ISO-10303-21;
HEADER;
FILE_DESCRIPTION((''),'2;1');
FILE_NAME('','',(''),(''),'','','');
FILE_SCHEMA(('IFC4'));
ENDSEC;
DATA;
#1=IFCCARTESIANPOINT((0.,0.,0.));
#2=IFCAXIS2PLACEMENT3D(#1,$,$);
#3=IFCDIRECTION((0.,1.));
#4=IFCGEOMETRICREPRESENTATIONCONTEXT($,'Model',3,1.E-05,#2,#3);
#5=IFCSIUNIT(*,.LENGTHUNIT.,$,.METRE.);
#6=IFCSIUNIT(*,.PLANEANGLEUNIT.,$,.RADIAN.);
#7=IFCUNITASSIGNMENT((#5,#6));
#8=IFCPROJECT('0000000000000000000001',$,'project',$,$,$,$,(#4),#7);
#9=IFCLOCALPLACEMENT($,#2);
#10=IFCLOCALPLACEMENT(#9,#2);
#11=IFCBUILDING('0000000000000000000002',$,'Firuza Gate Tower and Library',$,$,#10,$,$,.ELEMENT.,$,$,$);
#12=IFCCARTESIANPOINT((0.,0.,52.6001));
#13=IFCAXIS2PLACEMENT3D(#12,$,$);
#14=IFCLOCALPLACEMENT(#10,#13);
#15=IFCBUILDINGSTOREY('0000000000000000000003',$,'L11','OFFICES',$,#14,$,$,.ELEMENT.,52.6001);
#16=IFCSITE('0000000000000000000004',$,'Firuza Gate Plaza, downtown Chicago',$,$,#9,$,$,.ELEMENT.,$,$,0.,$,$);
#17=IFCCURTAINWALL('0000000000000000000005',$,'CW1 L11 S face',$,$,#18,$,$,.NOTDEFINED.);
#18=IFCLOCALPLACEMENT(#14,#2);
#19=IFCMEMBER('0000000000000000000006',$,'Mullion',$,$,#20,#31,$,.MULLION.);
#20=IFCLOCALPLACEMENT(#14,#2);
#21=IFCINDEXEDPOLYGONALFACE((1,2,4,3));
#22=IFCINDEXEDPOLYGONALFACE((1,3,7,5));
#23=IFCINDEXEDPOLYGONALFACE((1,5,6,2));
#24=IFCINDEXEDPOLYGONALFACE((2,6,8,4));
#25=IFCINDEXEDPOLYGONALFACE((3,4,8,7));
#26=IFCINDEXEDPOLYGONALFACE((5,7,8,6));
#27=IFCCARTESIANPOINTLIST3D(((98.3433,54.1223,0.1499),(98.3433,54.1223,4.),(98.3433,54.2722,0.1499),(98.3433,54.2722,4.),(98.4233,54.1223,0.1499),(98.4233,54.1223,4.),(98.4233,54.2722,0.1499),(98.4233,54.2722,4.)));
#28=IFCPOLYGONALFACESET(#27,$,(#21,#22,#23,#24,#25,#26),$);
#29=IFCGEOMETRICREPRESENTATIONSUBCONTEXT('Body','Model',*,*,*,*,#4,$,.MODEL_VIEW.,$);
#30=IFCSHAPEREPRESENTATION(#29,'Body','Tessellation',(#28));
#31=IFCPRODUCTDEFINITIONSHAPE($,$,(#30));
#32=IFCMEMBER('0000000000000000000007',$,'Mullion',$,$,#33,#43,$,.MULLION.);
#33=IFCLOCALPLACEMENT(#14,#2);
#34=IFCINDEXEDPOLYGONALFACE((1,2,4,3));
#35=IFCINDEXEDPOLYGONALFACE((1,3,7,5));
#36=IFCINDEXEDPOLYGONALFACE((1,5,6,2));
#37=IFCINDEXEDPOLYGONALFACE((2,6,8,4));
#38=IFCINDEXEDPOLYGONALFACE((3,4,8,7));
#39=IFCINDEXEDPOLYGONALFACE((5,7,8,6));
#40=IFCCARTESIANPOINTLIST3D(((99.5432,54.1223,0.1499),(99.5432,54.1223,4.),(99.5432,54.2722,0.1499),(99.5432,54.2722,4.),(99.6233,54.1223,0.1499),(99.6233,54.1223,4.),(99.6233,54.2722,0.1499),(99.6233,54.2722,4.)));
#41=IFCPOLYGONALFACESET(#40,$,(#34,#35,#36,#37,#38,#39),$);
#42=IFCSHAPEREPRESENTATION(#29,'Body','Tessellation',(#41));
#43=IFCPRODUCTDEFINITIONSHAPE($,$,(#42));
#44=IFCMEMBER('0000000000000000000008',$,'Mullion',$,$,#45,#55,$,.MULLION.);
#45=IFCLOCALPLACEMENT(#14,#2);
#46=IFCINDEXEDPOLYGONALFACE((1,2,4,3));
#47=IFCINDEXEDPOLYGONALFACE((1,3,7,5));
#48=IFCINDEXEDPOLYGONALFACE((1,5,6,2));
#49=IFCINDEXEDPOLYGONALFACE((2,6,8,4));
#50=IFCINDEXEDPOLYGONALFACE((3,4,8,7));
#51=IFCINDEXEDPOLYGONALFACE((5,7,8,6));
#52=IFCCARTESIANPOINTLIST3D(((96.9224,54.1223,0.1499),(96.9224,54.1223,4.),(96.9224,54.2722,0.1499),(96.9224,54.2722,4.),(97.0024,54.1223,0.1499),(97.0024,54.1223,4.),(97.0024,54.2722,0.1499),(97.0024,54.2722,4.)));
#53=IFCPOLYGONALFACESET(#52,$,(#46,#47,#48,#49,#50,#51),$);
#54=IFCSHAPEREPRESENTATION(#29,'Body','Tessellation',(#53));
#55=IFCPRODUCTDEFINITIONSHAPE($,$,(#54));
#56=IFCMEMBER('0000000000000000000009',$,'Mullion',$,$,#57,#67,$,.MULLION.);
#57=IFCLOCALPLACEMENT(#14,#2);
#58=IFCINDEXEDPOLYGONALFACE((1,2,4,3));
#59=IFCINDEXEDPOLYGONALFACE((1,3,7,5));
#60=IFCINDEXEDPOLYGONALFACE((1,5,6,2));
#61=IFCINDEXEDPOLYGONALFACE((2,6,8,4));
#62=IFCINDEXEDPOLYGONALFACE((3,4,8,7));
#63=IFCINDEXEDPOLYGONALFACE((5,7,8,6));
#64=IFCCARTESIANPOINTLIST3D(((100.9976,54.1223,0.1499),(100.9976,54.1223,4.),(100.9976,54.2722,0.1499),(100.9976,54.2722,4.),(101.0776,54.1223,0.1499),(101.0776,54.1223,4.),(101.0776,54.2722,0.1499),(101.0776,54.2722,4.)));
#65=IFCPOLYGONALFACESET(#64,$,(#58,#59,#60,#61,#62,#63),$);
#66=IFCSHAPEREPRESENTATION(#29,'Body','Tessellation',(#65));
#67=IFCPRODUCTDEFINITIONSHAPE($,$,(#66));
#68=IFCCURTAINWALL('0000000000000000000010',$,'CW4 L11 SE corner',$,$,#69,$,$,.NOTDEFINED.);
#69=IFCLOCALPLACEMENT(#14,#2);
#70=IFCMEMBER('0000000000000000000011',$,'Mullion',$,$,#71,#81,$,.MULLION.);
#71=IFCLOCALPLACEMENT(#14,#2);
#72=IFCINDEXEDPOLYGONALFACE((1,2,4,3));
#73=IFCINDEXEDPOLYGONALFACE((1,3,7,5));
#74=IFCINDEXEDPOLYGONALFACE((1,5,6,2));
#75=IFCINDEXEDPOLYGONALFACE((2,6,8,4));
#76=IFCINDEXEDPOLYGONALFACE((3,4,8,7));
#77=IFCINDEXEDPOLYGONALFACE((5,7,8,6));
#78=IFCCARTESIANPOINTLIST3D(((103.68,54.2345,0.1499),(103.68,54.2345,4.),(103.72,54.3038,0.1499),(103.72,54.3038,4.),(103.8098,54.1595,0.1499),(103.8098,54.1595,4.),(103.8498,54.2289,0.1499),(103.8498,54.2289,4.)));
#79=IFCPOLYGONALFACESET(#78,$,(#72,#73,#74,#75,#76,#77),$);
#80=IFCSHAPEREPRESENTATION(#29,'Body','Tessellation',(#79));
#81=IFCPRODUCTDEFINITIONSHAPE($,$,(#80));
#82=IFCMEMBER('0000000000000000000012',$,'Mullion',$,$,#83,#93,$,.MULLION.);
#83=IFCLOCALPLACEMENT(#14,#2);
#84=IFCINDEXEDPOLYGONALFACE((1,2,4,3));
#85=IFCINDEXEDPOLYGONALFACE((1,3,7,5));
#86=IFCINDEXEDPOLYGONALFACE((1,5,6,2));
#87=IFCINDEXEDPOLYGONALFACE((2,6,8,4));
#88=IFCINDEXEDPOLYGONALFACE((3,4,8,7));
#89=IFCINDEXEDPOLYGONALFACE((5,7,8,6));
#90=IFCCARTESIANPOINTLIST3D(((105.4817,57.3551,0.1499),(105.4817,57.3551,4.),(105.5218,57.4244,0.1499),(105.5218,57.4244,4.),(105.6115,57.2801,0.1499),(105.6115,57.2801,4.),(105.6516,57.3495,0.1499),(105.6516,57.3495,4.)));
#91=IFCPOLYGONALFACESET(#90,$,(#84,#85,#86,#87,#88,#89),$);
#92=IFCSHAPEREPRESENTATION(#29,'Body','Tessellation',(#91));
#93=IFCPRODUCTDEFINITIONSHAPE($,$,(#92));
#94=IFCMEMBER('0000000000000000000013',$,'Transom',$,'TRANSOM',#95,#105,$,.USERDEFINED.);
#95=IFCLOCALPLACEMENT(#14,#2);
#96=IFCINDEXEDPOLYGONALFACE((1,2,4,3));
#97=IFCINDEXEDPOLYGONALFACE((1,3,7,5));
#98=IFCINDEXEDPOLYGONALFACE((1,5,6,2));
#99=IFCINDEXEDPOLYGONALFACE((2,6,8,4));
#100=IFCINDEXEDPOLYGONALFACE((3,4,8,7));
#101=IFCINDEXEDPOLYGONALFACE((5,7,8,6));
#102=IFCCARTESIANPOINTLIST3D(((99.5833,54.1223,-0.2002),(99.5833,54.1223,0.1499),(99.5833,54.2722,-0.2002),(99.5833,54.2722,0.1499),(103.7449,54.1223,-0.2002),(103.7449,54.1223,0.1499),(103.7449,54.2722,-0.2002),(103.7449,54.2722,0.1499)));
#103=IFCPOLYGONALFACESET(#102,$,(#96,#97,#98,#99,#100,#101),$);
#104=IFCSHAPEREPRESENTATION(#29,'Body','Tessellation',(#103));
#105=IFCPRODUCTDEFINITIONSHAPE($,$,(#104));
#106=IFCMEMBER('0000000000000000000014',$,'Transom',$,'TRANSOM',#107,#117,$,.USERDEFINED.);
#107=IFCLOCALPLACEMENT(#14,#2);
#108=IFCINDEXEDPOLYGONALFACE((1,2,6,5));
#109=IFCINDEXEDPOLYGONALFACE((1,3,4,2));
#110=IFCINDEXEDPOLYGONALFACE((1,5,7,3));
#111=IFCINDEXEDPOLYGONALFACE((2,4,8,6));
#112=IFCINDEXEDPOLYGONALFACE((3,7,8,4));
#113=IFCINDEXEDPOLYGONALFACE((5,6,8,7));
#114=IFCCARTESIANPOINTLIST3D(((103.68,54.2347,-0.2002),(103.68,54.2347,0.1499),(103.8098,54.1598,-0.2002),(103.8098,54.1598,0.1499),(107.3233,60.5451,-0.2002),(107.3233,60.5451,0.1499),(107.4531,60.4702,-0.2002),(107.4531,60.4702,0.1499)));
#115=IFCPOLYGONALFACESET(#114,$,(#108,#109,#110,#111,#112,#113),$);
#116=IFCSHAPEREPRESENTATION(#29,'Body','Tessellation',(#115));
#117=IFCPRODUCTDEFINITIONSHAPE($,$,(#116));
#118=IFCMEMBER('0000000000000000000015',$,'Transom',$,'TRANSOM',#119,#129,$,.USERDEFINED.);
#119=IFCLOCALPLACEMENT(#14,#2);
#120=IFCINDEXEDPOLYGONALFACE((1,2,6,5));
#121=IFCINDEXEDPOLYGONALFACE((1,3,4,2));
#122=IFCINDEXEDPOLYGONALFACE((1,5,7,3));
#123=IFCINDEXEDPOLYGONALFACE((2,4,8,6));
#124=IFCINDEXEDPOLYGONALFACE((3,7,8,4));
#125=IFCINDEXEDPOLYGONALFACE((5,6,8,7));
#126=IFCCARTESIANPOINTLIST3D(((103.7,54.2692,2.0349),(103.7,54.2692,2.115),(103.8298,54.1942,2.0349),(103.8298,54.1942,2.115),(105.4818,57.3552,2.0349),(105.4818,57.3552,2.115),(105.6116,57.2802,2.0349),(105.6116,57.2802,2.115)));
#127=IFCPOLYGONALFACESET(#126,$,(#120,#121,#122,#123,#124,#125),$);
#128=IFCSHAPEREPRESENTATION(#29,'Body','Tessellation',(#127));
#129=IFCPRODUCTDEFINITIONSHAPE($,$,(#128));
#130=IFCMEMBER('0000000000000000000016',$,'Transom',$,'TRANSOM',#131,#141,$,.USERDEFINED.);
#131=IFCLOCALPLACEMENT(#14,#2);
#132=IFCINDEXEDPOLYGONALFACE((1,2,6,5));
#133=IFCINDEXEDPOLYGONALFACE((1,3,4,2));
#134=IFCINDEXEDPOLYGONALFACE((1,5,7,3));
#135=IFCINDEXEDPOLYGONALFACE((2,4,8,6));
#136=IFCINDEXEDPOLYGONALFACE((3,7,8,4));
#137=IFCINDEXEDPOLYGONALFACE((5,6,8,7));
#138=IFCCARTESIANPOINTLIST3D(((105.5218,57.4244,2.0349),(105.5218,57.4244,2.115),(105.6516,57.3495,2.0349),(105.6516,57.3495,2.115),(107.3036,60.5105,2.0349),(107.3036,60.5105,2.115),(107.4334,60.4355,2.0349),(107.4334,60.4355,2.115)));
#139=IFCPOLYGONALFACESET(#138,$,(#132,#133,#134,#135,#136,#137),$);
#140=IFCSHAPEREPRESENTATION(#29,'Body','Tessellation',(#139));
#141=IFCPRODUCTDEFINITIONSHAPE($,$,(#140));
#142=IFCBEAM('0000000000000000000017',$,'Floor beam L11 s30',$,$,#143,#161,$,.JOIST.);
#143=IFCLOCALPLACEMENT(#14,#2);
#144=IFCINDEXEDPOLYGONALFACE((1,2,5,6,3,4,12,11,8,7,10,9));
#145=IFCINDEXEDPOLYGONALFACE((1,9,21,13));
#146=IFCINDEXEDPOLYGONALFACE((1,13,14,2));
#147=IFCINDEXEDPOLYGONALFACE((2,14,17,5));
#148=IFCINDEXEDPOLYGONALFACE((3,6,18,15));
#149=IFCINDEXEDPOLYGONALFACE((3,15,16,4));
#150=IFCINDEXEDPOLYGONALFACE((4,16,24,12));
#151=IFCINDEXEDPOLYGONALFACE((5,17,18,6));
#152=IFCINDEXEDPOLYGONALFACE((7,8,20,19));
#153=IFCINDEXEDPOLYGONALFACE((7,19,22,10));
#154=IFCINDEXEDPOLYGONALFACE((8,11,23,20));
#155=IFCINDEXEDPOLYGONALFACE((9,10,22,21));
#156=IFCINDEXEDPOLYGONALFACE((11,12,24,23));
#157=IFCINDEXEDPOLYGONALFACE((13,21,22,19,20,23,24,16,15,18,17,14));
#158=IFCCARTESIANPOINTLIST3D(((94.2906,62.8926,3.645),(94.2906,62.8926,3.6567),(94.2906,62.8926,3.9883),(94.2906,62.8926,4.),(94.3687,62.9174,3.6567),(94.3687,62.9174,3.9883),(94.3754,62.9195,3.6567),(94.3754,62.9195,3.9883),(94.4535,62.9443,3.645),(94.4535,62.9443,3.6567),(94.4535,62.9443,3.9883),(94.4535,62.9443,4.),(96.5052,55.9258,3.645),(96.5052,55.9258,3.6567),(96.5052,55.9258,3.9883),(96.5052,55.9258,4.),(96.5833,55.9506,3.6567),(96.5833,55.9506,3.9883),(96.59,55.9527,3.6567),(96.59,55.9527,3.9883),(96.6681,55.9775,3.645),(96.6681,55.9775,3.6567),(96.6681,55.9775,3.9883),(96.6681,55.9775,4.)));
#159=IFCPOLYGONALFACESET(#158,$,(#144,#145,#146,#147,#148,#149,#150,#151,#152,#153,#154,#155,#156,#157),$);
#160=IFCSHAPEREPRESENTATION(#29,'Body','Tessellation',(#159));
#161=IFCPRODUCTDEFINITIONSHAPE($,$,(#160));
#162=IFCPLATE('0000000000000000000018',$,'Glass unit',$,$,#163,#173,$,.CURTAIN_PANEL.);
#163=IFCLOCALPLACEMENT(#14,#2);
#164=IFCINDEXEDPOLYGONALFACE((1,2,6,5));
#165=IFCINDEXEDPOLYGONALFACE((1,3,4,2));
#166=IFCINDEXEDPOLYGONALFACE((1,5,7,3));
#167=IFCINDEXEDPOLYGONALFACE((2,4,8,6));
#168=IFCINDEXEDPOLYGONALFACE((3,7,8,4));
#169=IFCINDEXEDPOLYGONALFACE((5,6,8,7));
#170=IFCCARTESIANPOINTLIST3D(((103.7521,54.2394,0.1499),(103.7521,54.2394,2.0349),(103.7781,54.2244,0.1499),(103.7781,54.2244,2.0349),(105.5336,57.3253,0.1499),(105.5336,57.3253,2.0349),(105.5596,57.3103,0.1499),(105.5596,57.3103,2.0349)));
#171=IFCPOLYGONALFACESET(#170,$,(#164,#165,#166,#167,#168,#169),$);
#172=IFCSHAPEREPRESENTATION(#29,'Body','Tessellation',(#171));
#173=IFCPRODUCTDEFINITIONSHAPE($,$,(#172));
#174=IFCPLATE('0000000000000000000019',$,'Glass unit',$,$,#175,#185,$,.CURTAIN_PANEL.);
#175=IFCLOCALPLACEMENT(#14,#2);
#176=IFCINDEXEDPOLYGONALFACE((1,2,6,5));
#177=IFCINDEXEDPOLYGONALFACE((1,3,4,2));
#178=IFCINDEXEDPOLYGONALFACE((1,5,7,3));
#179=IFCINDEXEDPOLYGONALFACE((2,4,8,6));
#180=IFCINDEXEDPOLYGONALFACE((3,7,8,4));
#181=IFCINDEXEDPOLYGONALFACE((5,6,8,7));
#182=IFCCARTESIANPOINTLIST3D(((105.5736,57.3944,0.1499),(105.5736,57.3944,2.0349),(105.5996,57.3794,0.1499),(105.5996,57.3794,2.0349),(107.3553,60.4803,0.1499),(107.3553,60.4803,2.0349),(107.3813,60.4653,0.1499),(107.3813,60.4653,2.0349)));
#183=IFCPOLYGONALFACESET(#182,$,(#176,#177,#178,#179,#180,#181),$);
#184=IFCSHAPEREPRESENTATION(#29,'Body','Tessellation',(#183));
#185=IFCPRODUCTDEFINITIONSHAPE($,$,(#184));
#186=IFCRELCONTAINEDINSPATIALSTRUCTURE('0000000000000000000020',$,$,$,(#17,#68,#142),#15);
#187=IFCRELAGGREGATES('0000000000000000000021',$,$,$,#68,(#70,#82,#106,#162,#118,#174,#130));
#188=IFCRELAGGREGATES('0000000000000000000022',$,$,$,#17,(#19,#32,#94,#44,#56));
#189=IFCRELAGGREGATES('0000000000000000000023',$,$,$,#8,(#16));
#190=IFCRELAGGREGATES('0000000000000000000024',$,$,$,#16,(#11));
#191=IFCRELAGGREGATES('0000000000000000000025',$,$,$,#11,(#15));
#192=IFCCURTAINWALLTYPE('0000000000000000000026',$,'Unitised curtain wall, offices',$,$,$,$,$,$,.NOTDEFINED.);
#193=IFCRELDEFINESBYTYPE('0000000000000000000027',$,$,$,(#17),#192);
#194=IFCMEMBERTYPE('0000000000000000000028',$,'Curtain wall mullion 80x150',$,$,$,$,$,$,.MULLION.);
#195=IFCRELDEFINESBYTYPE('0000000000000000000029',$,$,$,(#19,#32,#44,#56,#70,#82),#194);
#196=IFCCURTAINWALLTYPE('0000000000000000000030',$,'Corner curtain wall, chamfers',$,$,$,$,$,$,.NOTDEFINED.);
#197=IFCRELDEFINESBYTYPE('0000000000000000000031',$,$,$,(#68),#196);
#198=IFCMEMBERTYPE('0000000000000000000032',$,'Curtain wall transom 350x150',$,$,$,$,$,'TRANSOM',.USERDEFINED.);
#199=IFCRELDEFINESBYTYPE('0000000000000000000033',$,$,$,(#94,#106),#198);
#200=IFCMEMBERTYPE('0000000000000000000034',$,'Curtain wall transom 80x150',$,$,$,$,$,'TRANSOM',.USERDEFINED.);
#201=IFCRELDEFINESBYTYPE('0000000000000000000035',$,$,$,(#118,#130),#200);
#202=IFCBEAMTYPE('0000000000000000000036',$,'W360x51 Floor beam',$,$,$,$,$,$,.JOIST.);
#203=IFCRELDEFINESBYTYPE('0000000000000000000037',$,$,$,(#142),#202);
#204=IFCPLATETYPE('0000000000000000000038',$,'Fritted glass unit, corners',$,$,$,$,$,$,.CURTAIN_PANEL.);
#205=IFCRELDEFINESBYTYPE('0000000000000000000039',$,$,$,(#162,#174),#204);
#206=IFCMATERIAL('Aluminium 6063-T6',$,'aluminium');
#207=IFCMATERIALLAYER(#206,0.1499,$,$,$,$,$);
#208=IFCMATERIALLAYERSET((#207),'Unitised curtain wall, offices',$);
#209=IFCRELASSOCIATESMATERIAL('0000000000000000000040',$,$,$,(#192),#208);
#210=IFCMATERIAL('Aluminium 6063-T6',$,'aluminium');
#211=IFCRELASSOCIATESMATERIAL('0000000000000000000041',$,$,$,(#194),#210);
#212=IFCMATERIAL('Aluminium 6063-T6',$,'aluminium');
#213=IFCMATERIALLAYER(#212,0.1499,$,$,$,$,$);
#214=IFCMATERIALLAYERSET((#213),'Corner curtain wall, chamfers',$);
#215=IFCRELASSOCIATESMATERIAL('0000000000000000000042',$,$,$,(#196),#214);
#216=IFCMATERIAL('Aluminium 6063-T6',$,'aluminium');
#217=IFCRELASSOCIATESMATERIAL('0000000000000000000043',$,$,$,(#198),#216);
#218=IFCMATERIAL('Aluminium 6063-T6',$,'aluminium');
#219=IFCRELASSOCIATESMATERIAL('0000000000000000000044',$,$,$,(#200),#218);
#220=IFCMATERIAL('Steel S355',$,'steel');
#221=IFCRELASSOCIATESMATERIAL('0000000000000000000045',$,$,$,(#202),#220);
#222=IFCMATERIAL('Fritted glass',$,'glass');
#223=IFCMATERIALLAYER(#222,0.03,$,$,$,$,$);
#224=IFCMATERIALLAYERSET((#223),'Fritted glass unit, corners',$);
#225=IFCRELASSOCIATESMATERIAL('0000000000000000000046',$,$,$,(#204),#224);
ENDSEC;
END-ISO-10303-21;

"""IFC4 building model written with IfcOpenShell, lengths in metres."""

from ifc_helpers import new_model, si_unit, direction, frame, origin, origin_2d, place, context, subcontext, project, spatial, polyline, rectangle, i_section, outline, extrude, material, layer, layer_set, material_profile, profile_set, type_object, element, aggregate, save


model = new_model("IFC4")

# Units and contexts
model_context = context("Model", 3, precision=1e-05, world=origin(), true_north=direction((0.0, 1.0)))
body_context = subcontext(model_context, "Body", "Model", "MODEL_VIEW")
ifc_project = project(units=[si_unit("LENGTHUNIT", "METRE"), si_unit("PLANEANGLEUNIT", "RADIAN")], contexts=[model_context])

# Site, building, storey
site_placement = place(None, origin())
site = spatial("IfcSite", under=ifc_project, at=site_placement, Name="Firuza Gate Plaza, downtown Chicago", CompositionType="ELEMENT", RefElevation=0.0)
building_placement = place(site_placement, origin())
building = spatial("IfcBuilding", under=site, at=building_placement, Name="Firuza Gate Tower and Library", CompositionType="ELEMENT")
storey_placement = place(building_placement, frame((0.0, 0.0, 52.6001)))
storey = spatial("IfcBuildingStorey", under=building, at=storey_placement, Name="L11", Description="OFFICES", CompositionType="ELEMENT", Elevation=52.6001)

# Curtain walls, members
ifc_material_1 = material(Name="Aluminium 6063-T6", Category="aluminium")
ifc_layer_1 = layer(ifc_material_1, 0.1499)
ifc_layer_set_1 = layer_set([ifc_layer_1], Name="Unitised curtain wall, offices")
curtain_wall_type_1 = type_object("IfcCurtainWallType", Name="Unitised curtain wall, offices", PredefinedType="NOTDEFINED", material=ifc_layer_set_1)
placement_1 = place(storey_placement, origin())
curtain_wall_1 = element("IfcCurtainWall", 1, at=placement_1, inside=storey, type_object=curtain_wall_type_1, Name="CW1 L11 S face", PredefinedType="NOTDEFINED")
ifc_material_2 = material(Name="Aluminium 6063-T6", Category="aluminium")
ifc_material_profile_1 = material_profile(ifc_material_2, rectangle(XDim=0.1499, YDim=0.0801, at=origin_2d()))
ifc_profile_set_1 = profile_set([ifc_material_profile_1], Name="Aluminium 6063-T6")
member_type_1 = type_object("IfcMemberType", Name="Curtain wall mullion 80x150", PredefinedType="MULLION", material=ifc_profile_set_1)
member_1_placement = place(storey_placement, frame((98.3833, 54.1973, 0.1499), z_axis=(0.0, 0.0, 1.0), x_axis=(0.0, 1.0, 0.0)))
member_1 = element("IfcMember", 2, at=member_1_placement, type_object=member_type_1, Name="Mullion", PredefinedType="MULLION", context=body_context, shape_type="SweptSolid", body=[
    extrude(rectangle(XDim=0.1499, YDim=0.0801, at=origin_2d()), origin(), (0.0, 0.0, 1.0), 3.8501),
])
member_2_placement = place(storey_placement, frame((99.5833, 54.1973, 0.1499), z_axis=(0.0, 0.0, 1.0), x_axis=(0.0, 1.0, 0.0)))
member_2 = element("IfcMember", 3, at=member_2_placement, type_object=member_type_1, Name="Mullion", PredefinedType="MULLION", context=body_context, shape_type="SweptSolid", body=[
    extrude(rectangle(XDim=0.1499, YDim=0.0801, at=origin_2d()), origin(), (0.0, 0.0, 1.0), 3.8501),
])
member_3_placement = place(storey_placement, frame((96.9624, 54.1973, 0.1499), z_axis=(0.0, 0.0, 1.0), x_axis=(0.0, 1.0, 0.0)))
member_3 = element("IfcMember", 4, at=member_3_placement, type_object=member_type_1, Name="Mullion", PredefinedType="MULLION", context=body_context, shape_type="SweptSolid", body=[
    extrude(rectangle(XDim=0.1499, YDim=0.0801, at=origin_2d()), origin(), (0.0, 0.0, 1.0), 3.8501),
])
member_4_placement = place(storey_placement, frame((101.0376, 54.1973, 0.1499), z_axis=(0.0, 0.0, 1.0), x_axis=(0.0, 1.0, 0.0)))
member_4 = element("IfcMember", 5, at=member_4_placement, type_object=member_type_1, Name="Mullion", PredefinedType="MULLION", context=body_context, shape_type="SweptSolid", body=[
    extrude(rectangle(XDim=0.1499, YDim=0.0801, at=origin_2d()), origin(), (0.0, 0.0, 1.0), 3.8501),
])
ifc_material_3 = material(Name="Aluminium 6063-T6", Category="aluminium")
ifc_layer_2 = layer(ifc_material_3, 0.1499)
ifc_layer_set_2 = layer_set([ifc_layer_2], Name="Corner curtain wall, chamfers")
curtain_wall_type_2 = type_object("IfcCurtainWallType", Name="Corner curtain wall, chamfers", PredefinedType="NOTDEFINED", material=ifc_layer_set_2)
curtain_wall_2 = element("IfcCurtainWall", 6, at=placement_1, inside=storey, type_object=curtain_wall_type_2, Name="CW4 L11 SE corner", PredefinedType="NOTDEFINED")
member_5_placement = place(storey_placement, frame((103.7649, 54.2317, 0.1499), z_axis=(0.0, 0.0, 1.0), x_axis=(-0.866025, 0.5, 0.0)))
member_5 = element("IfcMember", 7, at=member_5_placement, type_object=member_type_1, Name="Mullion", PredefinedType="MULLION", context=body_context, shape_type="SweptSolid", body=[
    extrude(rectangle(XDim=0.1499, YDim=0.0801, at=origin_2d()), origin(), (0.0, 0.0, 1.0), 3.8501),
])
member_6_placement = place(storey_placement, frame((105.5667, 57.3523, 0.1499), z_axis=(0.0, 0.0, 1.0), x_axis=(-0.866025, 0.5, 0.0)))
member_6 = element("IfcMember", 8, at=member_6_placement, type_object=member_type_1, Name="Mullion", PredefinedType="MULLION", context=body_context, shape_type="SweptSolid", body=[
    extrude(rectangle(XDim=0.1499, YDim=0.0801, at=origin_2d()), origin(), (0.0, 0.0, 1.0), 3.8501),
])

# Members
ifc_material_4 = material(Name="Aluminium 6063-T6", Category="aluminium")
ifc_material_profile_2 = material_profile(ifc_material_4, rectangle(XDim=0.1499, YDim=0.3501, at=origin_2d()))
ifc_profile_set_2 = profile_set([ifc_material_profile_2], Name="Aluminium 6063-T6")
member_type_2 = type_object("IfcMemberType", Name="Curtain wall transom 350x150", ElementType="TRANSOM", PredefinedType="USERDEFINED", material=ifc_profile_set_2)
member_7_placement = place(storey_placement, frame((99.5833, 54.1973, -0.0251), z_axis=(1.0, 0.0, 0.0), x_axis=(0.0, 1.0, 0.0)))
member_7 = element("IfcMember", 9, at=member_7_placement, type_object=member_type_2, Name="Transom", ObjectType="TRANSOM", PredefinedType="USERDEFINED", context=body_context, shape_type="SweptSolid", body=[
    extrude(rectangle(XDim=0.1499, YDim=0.3501, at=origin_2d()), origin(), (0.0, 0.0, 1.0), 4.1616),
])
member_8_placement = place(storey_placement, frame((103.7449, 54.1973, -0.0251), z_axis=(0.500006, 0.866022, 0.0), x_axis=(-0.866022, 0.500006, 0.0)))
member_8 = element("IfcMember", 10, at=member_8_placement, type_object=member_type_2, Name="Transom", ObjectType="TRANSOM", PredefinedType="USERDEFINED", context=body_context, shape_type="SweptSolid", body=[
    extrude(rectangle(XDim=0.1499, YDim=0.3501, at=origin_2d()), origin(), (0.0, 0.0, 1.0), 7.2866),
])
ifc_material_5 = material(Name="Aluminium 6063-T6", Category="aluminium")
ifc_material_profile_3 = material_profile(ifc_material_5, rectangle(XDim=0.1499, YDim=0.0801, at=origin_2d()))
ifc_profile_set_3 = profile_set([ifc_material_profile_3], Name="Aluminium 6063-T6")
member_type_3 = type_object("IfcMemberType", Name="Curtain wall transom 80x150", ElementType="TRANSOM", PredefinedType="USERDEFINED", material=ifc_profile_set_3)
member_9_placement = place(storey_placement, frame((103.7649, 54.2317, 2.075), z_axis=(0.500015, 0.866017, 0.0), x_axis=(-0.866017, 0.500015, 0.0)))
member_9 = element("IfcMember", 11, at=member_9_placement, type_object=member_type_3, Name="Transom", ObjectType="TRANSOM", PredefinedType="USERDEFINED", context=body_context, shape_type="SweptSolid", body=[
    extrude(rectangle(XDim=0.1499, YDim=0.0801, at=origin_2d()), origin(), (0.0, 0.0, 1.0), 3.5635),
])
member_10_placement = place(storey_placement, frame((105.5867, 57.387, 2.075), z_axis=(0.500015, 0.866017, 0.0), x_axis=(-0.866017, 0.500015, 0.0)))
member_10 = element("IfcMember", 12, at=member_10_placement, type_object=member_type_3, Name="Transom", ObjectType="TRANSOM", PredefinedType="USERDEFINED", context=body_context, shape_type="SweptSolid", body=[
    extrude(rectangle(XDim=0.1499, YDim=0.0801, at=origin_2d()), origin(), (0.0, 0.0, 1.0), 3.5635),
])

# Beam
ifc_material_6 = material(Name="Steel S355", Category="steel")
ifc_material_profile_4 = material_profile(ifc_material_6, i_section(OverallWidth=0.1709, OverallDepth=0.355, WebThickness=0.0071, FlangeThickness=0.0117, at=origin_2d()))
ifc_profile_set_4 = profile_set([ifc_material_profile_4], Name="Steel S355")
beam_type = type_object("IfcBeamType", Name="W360x51 Floor beam", PredefinedType="JOIST", material=ifc_profile_set_4)
beam_placement = place(storey_placement, frame((96.5867, 55.9517, 3.8225), z_axis=(-0.302942, 0.953009, 0.0), x_axis=(-0.953009, -0.302942, 0.0)))
element("IfcBeam", 13, at=beam_placement, inside=storey, type_object=beam_type, Name="Floor beam L11 s30", PredefinedType="JOIST", context=body_context, shape_type="SweptSolid", body=[
    extrude(i_section(OverallWidth=0.1709, OverallDepth=0.355, WebThickness=0.0071, FlangeThickness=0.0117, at=origin_2d()), origin(), (0.0, 0.0, 1.0), 7.3103),
])

# Plates
ifc_material_7 = material(Name="Fritted glass", Category="glass")
ifc_layer_3 = layer(ifc_material_7, 0.03)
ifc_layer_set_3 = layer_set([ifc_layer_3], Name="Fritted glass unit, corners")
plate_type_1 = type_object("IfcPlateType", Name="Fritted glass unit, corners", PredefinedType="CURTAIN_PANEL", material=ifc_layer_set_3)
plate_1_placement = place(storey_placement, frame((103.7781, 54.2244, 0.1499), z_axis=(0.866046, -0.499964, 0.0), x_axis=(0.499964, 0.866046, 0.0)))
plate_1 = element("IfcPlate", 14, at=plate_1_placement, type_object=plate_type_1, Name="Glass unit", PredefinedType="CURTAIN_PANEL", context=body_context, shape_type="SweptSolid", body=[
    extrude(outline(polyline([(0.0, 0.0), (3.5632, 0.0), (3.5632, 1.885), (0.0, 1.885), (0.0, 0.0)])), origin(), (0.0, 0.0, -1.0), 0.03),
])
plate_2_placement = place(storey_placement, frame((105.5996, 57.3794, 0.1499), z_axis=(0.866017, -0.500015, 0.0), x_axis=(0.500015, 0.866017, 0.0)))
plate_2 = element("IfcPlate", 15, at=plate_2_placement, type_object=plate_type_1, Name="Glass unit", PredefinedType="CURTAIN_PANEL", context=body_context, shape_type="SweptSolid", body=[
    extrude(outline(polyline([(0.0, 0.0), (3.5634, 0.0), (3.5634, 1.885), (0.0, 1.885), (0.0, 0.0)])), origin(), (0.0, 0.0, -1.0), 0.03),
])
aggregate(curtain_wall_2, [member_5, member_6, member_8, plate_1, member_9, plate_2, member_10])

aggregate(curtain_wall_1, [member_1, member_2, member_7, member_3, member_4])

save(model, "model.ifc")
